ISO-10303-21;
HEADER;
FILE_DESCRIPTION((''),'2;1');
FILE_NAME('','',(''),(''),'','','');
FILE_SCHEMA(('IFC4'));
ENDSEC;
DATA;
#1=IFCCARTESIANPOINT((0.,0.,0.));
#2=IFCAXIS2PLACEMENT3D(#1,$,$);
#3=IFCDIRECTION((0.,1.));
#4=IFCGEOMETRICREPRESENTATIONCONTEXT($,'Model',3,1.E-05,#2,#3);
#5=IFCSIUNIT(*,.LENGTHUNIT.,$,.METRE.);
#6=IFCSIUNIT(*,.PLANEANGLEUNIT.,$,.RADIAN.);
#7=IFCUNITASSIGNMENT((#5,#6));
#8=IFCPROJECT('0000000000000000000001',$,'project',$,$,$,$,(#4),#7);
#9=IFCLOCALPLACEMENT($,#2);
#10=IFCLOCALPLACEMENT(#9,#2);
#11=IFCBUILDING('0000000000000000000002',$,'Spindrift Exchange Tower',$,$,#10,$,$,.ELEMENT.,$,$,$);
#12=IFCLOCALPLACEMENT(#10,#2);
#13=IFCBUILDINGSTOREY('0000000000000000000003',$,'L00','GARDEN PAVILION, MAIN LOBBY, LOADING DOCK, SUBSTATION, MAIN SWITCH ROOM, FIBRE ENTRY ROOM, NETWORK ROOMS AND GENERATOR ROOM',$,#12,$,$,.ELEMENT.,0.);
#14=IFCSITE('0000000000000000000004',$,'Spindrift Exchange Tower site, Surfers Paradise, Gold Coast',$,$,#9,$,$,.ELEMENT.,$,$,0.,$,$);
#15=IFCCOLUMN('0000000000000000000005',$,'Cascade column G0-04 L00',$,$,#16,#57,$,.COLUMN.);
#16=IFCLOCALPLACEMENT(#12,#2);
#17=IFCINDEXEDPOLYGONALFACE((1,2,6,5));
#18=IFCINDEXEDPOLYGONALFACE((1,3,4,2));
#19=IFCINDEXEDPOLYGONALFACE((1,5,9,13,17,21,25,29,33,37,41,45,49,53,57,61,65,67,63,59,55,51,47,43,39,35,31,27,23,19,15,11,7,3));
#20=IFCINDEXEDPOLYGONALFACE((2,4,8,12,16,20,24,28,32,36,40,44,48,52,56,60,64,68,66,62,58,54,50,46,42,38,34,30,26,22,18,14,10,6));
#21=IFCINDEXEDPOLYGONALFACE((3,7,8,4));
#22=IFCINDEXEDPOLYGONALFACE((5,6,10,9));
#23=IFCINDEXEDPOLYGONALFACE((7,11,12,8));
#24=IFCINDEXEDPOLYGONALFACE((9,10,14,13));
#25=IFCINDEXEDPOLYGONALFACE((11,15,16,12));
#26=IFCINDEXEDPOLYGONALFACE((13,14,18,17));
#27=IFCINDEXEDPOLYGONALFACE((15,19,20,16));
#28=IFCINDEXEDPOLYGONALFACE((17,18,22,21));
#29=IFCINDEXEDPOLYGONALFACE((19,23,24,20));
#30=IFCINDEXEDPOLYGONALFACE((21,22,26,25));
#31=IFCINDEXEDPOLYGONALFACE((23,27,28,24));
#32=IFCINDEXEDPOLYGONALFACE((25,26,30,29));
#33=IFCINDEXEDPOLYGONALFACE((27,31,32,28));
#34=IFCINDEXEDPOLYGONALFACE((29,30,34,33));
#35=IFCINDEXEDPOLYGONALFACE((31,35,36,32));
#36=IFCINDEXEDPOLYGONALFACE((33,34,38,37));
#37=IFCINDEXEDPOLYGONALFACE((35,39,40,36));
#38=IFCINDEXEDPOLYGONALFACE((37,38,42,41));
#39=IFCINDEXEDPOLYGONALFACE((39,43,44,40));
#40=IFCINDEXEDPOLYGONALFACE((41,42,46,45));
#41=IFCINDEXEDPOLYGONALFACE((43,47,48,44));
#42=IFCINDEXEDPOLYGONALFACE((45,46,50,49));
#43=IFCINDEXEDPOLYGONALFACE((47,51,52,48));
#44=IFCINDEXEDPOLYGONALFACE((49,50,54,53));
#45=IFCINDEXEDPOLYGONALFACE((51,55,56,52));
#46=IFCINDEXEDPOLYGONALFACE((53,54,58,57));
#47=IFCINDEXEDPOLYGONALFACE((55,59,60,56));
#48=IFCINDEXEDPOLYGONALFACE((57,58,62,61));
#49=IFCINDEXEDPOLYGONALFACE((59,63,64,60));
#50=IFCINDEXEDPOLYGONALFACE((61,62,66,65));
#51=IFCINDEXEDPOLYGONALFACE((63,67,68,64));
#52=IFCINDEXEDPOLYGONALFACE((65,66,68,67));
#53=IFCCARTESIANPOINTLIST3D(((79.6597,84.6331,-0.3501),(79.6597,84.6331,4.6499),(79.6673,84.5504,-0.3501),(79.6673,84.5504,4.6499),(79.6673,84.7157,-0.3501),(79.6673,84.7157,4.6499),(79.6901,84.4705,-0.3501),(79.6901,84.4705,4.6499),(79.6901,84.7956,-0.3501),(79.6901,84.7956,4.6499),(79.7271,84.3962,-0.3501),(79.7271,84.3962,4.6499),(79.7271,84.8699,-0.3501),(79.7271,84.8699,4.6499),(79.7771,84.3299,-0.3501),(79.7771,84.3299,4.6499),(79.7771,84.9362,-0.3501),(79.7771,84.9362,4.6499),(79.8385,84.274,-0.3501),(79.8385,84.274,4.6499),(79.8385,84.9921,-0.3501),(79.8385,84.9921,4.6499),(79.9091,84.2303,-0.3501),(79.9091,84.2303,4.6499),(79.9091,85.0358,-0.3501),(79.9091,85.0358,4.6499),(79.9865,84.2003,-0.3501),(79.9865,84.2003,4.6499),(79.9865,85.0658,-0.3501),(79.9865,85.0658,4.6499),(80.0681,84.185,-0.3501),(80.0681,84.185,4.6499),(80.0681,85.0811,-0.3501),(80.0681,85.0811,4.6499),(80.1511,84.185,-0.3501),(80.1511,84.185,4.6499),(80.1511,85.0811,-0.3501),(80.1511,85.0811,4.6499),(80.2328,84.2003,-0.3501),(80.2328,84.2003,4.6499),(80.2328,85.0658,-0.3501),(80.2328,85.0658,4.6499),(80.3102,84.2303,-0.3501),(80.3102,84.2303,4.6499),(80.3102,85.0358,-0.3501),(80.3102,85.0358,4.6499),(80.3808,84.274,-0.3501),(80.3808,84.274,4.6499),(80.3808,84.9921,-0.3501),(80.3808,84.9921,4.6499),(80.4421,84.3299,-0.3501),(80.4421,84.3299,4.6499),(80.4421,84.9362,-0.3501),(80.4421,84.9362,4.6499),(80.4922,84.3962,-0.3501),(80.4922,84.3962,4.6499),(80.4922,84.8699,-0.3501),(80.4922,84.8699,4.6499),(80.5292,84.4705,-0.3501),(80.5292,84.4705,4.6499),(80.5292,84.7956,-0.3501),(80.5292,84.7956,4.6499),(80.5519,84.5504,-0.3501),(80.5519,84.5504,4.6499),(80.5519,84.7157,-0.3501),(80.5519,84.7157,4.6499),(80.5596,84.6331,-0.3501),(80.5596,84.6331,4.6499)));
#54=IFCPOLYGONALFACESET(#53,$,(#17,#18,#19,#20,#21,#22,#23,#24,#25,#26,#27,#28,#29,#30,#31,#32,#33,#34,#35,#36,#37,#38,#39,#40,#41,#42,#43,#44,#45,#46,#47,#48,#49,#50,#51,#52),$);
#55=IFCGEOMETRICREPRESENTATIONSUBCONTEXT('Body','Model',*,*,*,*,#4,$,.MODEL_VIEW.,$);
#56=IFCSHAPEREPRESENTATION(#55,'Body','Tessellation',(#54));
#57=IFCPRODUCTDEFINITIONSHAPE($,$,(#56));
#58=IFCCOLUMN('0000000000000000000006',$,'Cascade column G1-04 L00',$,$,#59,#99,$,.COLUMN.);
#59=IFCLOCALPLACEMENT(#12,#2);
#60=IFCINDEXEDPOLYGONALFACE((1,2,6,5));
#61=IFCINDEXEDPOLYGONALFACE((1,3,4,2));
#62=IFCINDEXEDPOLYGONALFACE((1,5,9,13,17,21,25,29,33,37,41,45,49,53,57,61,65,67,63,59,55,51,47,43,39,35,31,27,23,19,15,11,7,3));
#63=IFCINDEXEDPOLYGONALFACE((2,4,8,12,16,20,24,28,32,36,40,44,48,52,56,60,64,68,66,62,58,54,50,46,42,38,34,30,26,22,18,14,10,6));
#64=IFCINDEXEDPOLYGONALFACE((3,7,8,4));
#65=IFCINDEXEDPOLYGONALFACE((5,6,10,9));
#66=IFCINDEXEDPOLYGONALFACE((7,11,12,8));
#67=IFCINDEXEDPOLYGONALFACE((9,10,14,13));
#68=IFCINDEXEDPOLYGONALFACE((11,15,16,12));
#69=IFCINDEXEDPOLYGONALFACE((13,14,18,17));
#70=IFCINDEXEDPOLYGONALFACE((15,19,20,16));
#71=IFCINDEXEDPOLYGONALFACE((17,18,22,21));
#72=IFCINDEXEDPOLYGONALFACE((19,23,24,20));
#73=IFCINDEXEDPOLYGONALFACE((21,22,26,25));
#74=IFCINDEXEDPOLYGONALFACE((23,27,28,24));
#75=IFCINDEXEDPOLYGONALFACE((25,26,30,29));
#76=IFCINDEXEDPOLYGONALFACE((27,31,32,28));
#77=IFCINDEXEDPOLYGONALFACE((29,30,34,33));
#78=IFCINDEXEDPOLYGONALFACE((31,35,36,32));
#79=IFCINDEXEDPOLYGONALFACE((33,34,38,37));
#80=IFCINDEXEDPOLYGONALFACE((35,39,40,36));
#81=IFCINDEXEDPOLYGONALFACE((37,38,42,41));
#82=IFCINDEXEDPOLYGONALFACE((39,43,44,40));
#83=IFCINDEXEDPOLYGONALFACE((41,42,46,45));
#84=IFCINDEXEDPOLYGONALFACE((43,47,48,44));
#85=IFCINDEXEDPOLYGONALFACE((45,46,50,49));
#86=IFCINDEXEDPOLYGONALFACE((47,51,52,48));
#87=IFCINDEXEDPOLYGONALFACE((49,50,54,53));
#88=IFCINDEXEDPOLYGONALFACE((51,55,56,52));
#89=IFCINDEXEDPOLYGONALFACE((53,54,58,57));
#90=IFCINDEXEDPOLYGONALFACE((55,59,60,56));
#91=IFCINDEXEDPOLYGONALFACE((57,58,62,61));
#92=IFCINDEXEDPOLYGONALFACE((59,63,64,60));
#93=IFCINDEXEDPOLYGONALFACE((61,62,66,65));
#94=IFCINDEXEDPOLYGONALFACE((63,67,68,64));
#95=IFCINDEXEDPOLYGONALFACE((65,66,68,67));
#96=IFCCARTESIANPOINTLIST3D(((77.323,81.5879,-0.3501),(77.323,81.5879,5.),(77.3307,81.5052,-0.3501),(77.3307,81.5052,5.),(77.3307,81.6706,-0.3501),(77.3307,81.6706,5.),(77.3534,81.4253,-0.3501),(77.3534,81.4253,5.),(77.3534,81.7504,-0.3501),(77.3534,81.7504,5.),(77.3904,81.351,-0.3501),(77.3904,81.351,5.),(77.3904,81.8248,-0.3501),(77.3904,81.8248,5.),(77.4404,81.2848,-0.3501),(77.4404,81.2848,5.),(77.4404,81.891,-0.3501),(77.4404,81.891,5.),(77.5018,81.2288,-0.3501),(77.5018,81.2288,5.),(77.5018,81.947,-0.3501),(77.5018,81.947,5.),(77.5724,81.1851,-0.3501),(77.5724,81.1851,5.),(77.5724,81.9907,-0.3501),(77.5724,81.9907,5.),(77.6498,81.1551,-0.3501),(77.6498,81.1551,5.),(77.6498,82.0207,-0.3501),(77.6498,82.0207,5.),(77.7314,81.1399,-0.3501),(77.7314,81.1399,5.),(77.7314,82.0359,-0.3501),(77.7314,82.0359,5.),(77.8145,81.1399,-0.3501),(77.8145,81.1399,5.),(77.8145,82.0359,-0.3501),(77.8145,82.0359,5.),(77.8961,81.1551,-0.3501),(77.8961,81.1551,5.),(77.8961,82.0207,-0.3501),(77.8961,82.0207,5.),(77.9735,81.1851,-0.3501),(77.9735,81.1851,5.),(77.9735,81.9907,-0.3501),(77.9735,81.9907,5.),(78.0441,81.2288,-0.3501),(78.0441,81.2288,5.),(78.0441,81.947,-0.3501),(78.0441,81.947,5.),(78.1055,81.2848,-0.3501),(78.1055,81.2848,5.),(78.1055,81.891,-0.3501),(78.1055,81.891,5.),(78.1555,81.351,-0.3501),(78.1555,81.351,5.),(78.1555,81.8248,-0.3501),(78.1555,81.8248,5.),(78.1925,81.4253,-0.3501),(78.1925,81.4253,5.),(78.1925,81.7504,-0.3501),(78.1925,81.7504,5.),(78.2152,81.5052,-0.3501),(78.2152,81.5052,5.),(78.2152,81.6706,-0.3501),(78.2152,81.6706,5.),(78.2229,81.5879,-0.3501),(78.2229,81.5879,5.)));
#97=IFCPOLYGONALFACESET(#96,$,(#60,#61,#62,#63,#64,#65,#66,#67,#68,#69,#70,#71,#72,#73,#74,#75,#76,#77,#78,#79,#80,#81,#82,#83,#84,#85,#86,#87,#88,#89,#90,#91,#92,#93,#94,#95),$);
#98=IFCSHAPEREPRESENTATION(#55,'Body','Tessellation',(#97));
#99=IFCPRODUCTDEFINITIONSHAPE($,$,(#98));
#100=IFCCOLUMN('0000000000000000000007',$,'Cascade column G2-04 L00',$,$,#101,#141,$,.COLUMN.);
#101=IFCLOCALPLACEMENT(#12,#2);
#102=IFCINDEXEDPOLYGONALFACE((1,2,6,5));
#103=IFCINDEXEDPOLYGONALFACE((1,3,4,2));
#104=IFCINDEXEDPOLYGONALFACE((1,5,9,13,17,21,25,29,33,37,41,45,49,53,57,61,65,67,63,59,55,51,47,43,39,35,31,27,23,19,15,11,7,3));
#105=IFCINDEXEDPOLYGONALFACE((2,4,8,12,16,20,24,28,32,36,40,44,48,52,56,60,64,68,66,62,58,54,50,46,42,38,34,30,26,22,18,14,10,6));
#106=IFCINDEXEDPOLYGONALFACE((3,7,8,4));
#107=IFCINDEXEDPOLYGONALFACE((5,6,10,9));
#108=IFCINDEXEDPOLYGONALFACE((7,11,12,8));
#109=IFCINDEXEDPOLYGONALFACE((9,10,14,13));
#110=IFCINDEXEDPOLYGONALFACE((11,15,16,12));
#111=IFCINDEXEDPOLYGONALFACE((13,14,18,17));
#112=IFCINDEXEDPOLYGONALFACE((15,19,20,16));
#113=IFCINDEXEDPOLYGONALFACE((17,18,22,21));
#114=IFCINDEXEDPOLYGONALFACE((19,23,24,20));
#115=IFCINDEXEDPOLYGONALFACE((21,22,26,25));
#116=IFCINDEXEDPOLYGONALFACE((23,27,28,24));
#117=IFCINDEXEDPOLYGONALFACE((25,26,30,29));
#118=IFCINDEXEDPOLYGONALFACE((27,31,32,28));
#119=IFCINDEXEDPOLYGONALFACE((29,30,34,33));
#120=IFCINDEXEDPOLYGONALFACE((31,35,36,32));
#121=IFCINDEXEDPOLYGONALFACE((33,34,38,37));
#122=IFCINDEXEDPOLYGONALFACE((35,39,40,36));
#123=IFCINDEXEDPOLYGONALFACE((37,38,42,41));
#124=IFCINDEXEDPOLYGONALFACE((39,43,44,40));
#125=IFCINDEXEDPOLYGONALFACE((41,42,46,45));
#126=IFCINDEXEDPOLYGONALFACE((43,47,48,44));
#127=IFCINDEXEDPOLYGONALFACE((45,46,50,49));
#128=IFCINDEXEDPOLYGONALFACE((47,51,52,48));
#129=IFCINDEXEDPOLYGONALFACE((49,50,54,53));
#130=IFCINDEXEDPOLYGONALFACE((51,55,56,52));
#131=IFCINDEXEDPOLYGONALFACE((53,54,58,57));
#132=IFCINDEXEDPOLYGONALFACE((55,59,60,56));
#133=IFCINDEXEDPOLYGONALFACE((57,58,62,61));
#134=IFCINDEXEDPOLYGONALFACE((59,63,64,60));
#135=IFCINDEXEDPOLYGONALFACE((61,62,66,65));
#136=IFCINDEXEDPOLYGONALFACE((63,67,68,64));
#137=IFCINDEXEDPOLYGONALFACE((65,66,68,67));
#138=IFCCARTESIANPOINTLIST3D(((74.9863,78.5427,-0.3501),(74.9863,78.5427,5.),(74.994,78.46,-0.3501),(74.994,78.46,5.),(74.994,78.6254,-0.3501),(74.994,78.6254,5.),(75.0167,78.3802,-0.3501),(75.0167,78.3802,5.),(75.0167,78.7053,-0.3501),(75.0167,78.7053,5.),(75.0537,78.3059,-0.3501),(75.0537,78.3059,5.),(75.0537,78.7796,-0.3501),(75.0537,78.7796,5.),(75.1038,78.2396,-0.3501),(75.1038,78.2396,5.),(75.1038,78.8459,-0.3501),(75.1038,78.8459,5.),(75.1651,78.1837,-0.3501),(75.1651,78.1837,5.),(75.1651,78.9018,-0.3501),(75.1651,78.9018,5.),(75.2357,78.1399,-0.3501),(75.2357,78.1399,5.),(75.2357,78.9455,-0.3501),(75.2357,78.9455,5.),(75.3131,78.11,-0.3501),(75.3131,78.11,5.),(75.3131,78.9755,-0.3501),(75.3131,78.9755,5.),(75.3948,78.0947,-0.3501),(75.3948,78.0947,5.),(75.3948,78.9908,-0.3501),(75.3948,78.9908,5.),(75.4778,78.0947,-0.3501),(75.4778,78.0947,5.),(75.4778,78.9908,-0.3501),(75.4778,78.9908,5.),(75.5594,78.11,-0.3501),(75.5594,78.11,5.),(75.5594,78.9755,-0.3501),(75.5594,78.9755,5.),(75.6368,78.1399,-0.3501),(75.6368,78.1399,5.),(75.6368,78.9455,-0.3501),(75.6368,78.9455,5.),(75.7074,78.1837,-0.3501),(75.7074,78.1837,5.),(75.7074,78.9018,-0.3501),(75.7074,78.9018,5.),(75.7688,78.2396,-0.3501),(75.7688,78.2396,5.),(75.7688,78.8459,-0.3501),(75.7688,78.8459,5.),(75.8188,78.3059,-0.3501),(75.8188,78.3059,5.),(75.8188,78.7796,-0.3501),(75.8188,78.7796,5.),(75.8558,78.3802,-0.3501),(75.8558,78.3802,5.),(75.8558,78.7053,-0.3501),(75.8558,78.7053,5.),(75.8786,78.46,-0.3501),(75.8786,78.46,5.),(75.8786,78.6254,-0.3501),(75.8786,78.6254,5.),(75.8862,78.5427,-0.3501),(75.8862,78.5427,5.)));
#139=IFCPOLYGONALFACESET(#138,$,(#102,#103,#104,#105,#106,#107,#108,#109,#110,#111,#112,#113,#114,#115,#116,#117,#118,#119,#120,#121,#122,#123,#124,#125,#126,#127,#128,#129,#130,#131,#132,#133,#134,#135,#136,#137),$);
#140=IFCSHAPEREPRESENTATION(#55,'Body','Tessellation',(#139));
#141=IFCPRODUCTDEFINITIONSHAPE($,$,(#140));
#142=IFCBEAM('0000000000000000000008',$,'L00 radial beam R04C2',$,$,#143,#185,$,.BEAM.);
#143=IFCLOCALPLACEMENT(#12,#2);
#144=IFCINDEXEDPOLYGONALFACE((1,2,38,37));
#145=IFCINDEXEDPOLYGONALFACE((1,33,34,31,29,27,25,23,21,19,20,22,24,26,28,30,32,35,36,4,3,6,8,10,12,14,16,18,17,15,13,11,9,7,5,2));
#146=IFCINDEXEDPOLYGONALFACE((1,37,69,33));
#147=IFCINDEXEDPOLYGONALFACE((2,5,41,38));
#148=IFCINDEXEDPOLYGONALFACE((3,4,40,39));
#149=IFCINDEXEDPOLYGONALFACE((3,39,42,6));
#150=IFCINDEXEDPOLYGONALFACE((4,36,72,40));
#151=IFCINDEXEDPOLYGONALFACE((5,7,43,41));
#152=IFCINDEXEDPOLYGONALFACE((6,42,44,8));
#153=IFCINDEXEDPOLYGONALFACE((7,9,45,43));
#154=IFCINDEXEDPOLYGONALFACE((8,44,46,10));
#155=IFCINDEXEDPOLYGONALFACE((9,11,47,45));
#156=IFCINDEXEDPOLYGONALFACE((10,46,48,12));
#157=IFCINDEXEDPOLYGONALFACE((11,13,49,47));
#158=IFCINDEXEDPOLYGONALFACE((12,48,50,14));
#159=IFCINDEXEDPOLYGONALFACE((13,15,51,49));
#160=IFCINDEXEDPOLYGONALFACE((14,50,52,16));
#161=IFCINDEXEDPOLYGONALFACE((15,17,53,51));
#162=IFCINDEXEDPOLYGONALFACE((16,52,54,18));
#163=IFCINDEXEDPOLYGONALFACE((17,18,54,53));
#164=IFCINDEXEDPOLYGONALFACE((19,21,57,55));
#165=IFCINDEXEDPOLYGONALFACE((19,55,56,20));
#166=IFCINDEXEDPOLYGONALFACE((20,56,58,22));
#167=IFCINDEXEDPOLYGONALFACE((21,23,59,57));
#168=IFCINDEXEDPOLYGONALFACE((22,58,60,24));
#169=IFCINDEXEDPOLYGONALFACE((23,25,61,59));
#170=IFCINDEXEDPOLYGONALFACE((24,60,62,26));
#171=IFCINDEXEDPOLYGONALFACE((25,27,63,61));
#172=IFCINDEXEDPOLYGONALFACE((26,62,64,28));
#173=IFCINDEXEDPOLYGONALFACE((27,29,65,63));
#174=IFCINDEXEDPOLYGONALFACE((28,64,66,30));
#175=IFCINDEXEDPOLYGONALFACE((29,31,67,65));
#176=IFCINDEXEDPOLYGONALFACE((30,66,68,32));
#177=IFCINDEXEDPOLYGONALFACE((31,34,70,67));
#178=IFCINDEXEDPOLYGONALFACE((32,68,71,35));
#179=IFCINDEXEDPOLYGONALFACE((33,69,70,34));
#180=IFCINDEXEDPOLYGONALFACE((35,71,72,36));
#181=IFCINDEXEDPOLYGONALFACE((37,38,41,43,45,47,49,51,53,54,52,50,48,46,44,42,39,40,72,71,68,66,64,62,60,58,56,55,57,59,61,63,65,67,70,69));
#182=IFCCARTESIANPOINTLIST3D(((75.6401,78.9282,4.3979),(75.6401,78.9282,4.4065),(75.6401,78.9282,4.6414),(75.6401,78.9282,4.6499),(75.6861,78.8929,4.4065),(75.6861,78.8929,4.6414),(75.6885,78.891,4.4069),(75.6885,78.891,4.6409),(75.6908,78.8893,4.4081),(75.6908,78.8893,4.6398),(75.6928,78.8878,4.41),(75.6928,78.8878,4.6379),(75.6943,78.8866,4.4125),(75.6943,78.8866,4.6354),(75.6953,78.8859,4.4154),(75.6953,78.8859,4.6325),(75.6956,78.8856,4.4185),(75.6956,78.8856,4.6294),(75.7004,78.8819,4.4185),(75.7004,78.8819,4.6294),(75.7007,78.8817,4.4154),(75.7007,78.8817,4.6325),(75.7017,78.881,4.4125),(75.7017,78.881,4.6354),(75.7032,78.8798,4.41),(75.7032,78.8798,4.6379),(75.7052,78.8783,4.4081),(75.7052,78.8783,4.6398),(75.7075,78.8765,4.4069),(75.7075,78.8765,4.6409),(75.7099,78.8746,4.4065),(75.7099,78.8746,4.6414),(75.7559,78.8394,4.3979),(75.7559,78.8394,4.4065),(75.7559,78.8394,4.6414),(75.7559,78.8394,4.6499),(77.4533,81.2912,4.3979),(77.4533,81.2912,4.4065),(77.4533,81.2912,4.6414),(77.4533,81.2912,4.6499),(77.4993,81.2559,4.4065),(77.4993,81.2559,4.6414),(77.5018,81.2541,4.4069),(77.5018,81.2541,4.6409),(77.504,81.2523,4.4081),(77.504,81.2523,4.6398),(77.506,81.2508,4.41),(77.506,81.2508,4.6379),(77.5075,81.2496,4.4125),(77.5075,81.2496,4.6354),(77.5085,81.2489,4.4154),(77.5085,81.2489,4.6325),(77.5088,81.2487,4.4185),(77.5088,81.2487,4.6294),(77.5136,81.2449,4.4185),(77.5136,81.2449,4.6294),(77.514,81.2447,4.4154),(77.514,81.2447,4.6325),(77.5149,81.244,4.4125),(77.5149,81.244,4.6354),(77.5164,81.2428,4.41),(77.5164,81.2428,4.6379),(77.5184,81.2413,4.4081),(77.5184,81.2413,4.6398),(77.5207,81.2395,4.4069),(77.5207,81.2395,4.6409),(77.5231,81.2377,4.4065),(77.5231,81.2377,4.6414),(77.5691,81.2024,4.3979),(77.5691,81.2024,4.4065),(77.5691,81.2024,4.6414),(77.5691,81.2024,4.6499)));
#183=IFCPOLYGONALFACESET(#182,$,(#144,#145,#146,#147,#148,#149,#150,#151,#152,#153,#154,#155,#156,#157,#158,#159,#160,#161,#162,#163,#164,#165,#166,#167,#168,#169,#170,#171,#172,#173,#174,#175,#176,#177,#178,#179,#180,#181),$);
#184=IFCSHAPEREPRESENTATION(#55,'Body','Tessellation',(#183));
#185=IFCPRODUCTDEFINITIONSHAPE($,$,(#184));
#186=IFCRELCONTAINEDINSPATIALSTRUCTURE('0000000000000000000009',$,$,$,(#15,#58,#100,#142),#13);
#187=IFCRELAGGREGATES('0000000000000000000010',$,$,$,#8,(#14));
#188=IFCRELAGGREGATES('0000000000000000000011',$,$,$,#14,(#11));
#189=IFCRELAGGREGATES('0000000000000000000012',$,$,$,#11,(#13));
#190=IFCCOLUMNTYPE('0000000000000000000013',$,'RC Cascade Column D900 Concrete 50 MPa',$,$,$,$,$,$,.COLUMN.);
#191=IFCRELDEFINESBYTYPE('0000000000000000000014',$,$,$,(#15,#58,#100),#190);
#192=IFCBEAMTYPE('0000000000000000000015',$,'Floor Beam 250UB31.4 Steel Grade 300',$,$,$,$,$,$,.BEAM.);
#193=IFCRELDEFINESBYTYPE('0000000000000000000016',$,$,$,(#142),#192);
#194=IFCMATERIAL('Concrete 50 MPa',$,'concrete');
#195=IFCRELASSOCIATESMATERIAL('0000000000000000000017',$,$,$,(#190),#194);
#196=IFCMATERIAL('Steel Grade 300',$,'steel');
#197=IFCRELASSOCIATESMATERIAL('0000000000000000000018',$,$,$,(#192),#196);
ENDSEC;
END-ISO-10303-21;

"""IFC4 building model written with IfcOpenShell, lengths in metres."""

from ifc_helpers import new_model, si_unit, direction, frame, origin, origin_2d, place, context, subcontext, project, spatial, circle, i_section, extrude, source, transform, mapped, material, material_profile, profile_set, type_object, element, save


model = new_model("IFC4")

# Units and contexts
model_context = context("Model", 3, precision=1e-05, world=origin(), true_north=direction((0.0, 1.0)))
body_context = subcontext(model_context, "Body", "Model", "MODEL_VIEW")
ifc_project = project(units=[si_unit("LENGTHUNIT", "METRE"), si_unit("PLANEANGLEUNIT", "RADIAN")], contexts=[model_context])

# Site, building, storey
site_placement = place(None, origin())
site = spatial("IfcSite", under=ifc_project, at=site_placement, Name="Spindrift Exchange Tower site, Surfers Paradise, Gold Coast", CompositionType="ELEMENT", RefElevation=0.0)
building_placement = place(site_placement, origin())
building = spatial("IfcBuilding", under=site, at=building_placement, Name="Spindrift Exchange Tower", CompositionType="ELEMENT")
storey_placement = place(building_placement, origin())
storey = spatial("IfcBuildingStorey", under=building, at=storey_placement, Name="L00", Description="GARDEN PAVILION, MAIN LOBBY, LOADING DOCK, SUBSTATION, MAIN SWITCH ROOM, FIBRE ENTRY ROOM, NETWORK ROOMS AND GENERATOR ROOM", CompositionType="ELEMENT", Elevation=0.0)

# Columns
ifc_material_1 = material(Name="Concrete 50 MPa", Category="concrete")
ifc_material_profile_1 = material_profile(ifc_material_1, circle(Radius=0.45, at=origin_2d()), Name="RC D900")
ifc_profile_set_1 = profile_set([ifc_material_profile_1], Name="Concrete 50 MPa")
column_type = type_object("IfcColumnType", Name="RC Cascade Column D900 Concrete 50 MPa", PredefinedType="COLUMN", material=ifc_profile_set_1)
shared_shape_1 = source(origin(), body_context, "Body", "SweptSolid", [
    extrude(circle(Radius=0.45, at=origin_2d()), origin(), (0.0, 0.0, 1.0), 5.0),
])
column_placement = place(storey_placement, frame((80.1096, 84.6331, -0.3501), z_axis=(0.0, 0.0, 1.0), x_axis=(1.0, 0.0, 0.0)))
element("IfcColumn", 1, at=column_placement, inside=storey, type_object=column_type, Name="Cascade column G0-04 L00", PredefinedType="COLUMN", context=body_context, shape_type="MappedRepresentation", body=[
    mapped(shared_shape_1, transform((0.0, 0.0, 0.0), scale=1.0)),
])
shared_shape_2 = source(origin(), body_context, "Body", "SweptSolid", [
    extrude(circle(Radius=0.45, at=origin_2d()), origin(), (0.0, 0.0, 1.0), 5.3501),
])
for number, where, z_axis, x_axis, name in (
    (2, (77.7729, 81.5879, -0.3501), (0.0, 0.0, 1.0), (1.0, 0.0, 0.0), "Cascade column G1-04 L00"),
    (3, (75.4363, 78.5427, -0.3501), (0.0, 0.0, 1.0), (1.0, 0.0, 0.0), "Cascade column G2-04 L00"),
):
    element("IfcColumn", number, at=place(storey_placement, frame(where, z_axis=z_axis, x_axis=x_axis)), inside=storey, type_object=column_type, Name=name, PredefinedType="COLUMN", context=body_context, shape_type="MappedRepresentation", body=[
        mapped(shared_shape_2, transform((0.0, 0.0, 0.0), scale=1.0)),
    ])

# Beam
ifc_material_2 = material(Name="Steel Grade 300", Category="steel")
ifc_material_profile_2 = material_profile(ifc_material_2, i_section(OverallWidth=0.146, OverallDepth=0.252, WebThickness=0.0061, FlangeThickness=0.0085, FilletRadius=0.012, at=origin_2d()), Name="250UB31.4")
ifc_profile_set_2 = profile_set([ifc_material_profile_2], Name="Steel Grade 300")
beam_type_1 = type_object("IfcBeamType", Name="Floor Beam 250UB31.4 Steel Grade 300", PredefinedType="BEAM", material=ifc_profile_set_2)
shared_shape_3 = source(origin(), body_context, "Body", "SweptSolid", [
    extrude(i_section(OverallWidth=0.146, OverallDepth=0.252, WebThickness=0.0061, FlangeThickness=0.0085, FilletRadius=0.012, at=origin_2d()), origin(), (0.0, 0.0, 1.0), 2.9785),
])
beam_1_placement = place(storey_placement, frame((75.698, 78.8838, 4.5239), z_axis=(0.608764, 0.793352, 0.0), x_axis=(-0.793352, 0.608764, 0.0)))
element("IfcBeam", 4, at=beam_1_placement, inside=storey, type_object=beam_type_1, Name="L00 radial beam R04C2", PredefinedType="BEAM", context=body_context, shape_type="MappedRepresentation", body=[
    mapped(shared_shape_3, transform((0.0, 0.0, 0.0), scale=1.0)),
])

save(model, "model.ifc")
